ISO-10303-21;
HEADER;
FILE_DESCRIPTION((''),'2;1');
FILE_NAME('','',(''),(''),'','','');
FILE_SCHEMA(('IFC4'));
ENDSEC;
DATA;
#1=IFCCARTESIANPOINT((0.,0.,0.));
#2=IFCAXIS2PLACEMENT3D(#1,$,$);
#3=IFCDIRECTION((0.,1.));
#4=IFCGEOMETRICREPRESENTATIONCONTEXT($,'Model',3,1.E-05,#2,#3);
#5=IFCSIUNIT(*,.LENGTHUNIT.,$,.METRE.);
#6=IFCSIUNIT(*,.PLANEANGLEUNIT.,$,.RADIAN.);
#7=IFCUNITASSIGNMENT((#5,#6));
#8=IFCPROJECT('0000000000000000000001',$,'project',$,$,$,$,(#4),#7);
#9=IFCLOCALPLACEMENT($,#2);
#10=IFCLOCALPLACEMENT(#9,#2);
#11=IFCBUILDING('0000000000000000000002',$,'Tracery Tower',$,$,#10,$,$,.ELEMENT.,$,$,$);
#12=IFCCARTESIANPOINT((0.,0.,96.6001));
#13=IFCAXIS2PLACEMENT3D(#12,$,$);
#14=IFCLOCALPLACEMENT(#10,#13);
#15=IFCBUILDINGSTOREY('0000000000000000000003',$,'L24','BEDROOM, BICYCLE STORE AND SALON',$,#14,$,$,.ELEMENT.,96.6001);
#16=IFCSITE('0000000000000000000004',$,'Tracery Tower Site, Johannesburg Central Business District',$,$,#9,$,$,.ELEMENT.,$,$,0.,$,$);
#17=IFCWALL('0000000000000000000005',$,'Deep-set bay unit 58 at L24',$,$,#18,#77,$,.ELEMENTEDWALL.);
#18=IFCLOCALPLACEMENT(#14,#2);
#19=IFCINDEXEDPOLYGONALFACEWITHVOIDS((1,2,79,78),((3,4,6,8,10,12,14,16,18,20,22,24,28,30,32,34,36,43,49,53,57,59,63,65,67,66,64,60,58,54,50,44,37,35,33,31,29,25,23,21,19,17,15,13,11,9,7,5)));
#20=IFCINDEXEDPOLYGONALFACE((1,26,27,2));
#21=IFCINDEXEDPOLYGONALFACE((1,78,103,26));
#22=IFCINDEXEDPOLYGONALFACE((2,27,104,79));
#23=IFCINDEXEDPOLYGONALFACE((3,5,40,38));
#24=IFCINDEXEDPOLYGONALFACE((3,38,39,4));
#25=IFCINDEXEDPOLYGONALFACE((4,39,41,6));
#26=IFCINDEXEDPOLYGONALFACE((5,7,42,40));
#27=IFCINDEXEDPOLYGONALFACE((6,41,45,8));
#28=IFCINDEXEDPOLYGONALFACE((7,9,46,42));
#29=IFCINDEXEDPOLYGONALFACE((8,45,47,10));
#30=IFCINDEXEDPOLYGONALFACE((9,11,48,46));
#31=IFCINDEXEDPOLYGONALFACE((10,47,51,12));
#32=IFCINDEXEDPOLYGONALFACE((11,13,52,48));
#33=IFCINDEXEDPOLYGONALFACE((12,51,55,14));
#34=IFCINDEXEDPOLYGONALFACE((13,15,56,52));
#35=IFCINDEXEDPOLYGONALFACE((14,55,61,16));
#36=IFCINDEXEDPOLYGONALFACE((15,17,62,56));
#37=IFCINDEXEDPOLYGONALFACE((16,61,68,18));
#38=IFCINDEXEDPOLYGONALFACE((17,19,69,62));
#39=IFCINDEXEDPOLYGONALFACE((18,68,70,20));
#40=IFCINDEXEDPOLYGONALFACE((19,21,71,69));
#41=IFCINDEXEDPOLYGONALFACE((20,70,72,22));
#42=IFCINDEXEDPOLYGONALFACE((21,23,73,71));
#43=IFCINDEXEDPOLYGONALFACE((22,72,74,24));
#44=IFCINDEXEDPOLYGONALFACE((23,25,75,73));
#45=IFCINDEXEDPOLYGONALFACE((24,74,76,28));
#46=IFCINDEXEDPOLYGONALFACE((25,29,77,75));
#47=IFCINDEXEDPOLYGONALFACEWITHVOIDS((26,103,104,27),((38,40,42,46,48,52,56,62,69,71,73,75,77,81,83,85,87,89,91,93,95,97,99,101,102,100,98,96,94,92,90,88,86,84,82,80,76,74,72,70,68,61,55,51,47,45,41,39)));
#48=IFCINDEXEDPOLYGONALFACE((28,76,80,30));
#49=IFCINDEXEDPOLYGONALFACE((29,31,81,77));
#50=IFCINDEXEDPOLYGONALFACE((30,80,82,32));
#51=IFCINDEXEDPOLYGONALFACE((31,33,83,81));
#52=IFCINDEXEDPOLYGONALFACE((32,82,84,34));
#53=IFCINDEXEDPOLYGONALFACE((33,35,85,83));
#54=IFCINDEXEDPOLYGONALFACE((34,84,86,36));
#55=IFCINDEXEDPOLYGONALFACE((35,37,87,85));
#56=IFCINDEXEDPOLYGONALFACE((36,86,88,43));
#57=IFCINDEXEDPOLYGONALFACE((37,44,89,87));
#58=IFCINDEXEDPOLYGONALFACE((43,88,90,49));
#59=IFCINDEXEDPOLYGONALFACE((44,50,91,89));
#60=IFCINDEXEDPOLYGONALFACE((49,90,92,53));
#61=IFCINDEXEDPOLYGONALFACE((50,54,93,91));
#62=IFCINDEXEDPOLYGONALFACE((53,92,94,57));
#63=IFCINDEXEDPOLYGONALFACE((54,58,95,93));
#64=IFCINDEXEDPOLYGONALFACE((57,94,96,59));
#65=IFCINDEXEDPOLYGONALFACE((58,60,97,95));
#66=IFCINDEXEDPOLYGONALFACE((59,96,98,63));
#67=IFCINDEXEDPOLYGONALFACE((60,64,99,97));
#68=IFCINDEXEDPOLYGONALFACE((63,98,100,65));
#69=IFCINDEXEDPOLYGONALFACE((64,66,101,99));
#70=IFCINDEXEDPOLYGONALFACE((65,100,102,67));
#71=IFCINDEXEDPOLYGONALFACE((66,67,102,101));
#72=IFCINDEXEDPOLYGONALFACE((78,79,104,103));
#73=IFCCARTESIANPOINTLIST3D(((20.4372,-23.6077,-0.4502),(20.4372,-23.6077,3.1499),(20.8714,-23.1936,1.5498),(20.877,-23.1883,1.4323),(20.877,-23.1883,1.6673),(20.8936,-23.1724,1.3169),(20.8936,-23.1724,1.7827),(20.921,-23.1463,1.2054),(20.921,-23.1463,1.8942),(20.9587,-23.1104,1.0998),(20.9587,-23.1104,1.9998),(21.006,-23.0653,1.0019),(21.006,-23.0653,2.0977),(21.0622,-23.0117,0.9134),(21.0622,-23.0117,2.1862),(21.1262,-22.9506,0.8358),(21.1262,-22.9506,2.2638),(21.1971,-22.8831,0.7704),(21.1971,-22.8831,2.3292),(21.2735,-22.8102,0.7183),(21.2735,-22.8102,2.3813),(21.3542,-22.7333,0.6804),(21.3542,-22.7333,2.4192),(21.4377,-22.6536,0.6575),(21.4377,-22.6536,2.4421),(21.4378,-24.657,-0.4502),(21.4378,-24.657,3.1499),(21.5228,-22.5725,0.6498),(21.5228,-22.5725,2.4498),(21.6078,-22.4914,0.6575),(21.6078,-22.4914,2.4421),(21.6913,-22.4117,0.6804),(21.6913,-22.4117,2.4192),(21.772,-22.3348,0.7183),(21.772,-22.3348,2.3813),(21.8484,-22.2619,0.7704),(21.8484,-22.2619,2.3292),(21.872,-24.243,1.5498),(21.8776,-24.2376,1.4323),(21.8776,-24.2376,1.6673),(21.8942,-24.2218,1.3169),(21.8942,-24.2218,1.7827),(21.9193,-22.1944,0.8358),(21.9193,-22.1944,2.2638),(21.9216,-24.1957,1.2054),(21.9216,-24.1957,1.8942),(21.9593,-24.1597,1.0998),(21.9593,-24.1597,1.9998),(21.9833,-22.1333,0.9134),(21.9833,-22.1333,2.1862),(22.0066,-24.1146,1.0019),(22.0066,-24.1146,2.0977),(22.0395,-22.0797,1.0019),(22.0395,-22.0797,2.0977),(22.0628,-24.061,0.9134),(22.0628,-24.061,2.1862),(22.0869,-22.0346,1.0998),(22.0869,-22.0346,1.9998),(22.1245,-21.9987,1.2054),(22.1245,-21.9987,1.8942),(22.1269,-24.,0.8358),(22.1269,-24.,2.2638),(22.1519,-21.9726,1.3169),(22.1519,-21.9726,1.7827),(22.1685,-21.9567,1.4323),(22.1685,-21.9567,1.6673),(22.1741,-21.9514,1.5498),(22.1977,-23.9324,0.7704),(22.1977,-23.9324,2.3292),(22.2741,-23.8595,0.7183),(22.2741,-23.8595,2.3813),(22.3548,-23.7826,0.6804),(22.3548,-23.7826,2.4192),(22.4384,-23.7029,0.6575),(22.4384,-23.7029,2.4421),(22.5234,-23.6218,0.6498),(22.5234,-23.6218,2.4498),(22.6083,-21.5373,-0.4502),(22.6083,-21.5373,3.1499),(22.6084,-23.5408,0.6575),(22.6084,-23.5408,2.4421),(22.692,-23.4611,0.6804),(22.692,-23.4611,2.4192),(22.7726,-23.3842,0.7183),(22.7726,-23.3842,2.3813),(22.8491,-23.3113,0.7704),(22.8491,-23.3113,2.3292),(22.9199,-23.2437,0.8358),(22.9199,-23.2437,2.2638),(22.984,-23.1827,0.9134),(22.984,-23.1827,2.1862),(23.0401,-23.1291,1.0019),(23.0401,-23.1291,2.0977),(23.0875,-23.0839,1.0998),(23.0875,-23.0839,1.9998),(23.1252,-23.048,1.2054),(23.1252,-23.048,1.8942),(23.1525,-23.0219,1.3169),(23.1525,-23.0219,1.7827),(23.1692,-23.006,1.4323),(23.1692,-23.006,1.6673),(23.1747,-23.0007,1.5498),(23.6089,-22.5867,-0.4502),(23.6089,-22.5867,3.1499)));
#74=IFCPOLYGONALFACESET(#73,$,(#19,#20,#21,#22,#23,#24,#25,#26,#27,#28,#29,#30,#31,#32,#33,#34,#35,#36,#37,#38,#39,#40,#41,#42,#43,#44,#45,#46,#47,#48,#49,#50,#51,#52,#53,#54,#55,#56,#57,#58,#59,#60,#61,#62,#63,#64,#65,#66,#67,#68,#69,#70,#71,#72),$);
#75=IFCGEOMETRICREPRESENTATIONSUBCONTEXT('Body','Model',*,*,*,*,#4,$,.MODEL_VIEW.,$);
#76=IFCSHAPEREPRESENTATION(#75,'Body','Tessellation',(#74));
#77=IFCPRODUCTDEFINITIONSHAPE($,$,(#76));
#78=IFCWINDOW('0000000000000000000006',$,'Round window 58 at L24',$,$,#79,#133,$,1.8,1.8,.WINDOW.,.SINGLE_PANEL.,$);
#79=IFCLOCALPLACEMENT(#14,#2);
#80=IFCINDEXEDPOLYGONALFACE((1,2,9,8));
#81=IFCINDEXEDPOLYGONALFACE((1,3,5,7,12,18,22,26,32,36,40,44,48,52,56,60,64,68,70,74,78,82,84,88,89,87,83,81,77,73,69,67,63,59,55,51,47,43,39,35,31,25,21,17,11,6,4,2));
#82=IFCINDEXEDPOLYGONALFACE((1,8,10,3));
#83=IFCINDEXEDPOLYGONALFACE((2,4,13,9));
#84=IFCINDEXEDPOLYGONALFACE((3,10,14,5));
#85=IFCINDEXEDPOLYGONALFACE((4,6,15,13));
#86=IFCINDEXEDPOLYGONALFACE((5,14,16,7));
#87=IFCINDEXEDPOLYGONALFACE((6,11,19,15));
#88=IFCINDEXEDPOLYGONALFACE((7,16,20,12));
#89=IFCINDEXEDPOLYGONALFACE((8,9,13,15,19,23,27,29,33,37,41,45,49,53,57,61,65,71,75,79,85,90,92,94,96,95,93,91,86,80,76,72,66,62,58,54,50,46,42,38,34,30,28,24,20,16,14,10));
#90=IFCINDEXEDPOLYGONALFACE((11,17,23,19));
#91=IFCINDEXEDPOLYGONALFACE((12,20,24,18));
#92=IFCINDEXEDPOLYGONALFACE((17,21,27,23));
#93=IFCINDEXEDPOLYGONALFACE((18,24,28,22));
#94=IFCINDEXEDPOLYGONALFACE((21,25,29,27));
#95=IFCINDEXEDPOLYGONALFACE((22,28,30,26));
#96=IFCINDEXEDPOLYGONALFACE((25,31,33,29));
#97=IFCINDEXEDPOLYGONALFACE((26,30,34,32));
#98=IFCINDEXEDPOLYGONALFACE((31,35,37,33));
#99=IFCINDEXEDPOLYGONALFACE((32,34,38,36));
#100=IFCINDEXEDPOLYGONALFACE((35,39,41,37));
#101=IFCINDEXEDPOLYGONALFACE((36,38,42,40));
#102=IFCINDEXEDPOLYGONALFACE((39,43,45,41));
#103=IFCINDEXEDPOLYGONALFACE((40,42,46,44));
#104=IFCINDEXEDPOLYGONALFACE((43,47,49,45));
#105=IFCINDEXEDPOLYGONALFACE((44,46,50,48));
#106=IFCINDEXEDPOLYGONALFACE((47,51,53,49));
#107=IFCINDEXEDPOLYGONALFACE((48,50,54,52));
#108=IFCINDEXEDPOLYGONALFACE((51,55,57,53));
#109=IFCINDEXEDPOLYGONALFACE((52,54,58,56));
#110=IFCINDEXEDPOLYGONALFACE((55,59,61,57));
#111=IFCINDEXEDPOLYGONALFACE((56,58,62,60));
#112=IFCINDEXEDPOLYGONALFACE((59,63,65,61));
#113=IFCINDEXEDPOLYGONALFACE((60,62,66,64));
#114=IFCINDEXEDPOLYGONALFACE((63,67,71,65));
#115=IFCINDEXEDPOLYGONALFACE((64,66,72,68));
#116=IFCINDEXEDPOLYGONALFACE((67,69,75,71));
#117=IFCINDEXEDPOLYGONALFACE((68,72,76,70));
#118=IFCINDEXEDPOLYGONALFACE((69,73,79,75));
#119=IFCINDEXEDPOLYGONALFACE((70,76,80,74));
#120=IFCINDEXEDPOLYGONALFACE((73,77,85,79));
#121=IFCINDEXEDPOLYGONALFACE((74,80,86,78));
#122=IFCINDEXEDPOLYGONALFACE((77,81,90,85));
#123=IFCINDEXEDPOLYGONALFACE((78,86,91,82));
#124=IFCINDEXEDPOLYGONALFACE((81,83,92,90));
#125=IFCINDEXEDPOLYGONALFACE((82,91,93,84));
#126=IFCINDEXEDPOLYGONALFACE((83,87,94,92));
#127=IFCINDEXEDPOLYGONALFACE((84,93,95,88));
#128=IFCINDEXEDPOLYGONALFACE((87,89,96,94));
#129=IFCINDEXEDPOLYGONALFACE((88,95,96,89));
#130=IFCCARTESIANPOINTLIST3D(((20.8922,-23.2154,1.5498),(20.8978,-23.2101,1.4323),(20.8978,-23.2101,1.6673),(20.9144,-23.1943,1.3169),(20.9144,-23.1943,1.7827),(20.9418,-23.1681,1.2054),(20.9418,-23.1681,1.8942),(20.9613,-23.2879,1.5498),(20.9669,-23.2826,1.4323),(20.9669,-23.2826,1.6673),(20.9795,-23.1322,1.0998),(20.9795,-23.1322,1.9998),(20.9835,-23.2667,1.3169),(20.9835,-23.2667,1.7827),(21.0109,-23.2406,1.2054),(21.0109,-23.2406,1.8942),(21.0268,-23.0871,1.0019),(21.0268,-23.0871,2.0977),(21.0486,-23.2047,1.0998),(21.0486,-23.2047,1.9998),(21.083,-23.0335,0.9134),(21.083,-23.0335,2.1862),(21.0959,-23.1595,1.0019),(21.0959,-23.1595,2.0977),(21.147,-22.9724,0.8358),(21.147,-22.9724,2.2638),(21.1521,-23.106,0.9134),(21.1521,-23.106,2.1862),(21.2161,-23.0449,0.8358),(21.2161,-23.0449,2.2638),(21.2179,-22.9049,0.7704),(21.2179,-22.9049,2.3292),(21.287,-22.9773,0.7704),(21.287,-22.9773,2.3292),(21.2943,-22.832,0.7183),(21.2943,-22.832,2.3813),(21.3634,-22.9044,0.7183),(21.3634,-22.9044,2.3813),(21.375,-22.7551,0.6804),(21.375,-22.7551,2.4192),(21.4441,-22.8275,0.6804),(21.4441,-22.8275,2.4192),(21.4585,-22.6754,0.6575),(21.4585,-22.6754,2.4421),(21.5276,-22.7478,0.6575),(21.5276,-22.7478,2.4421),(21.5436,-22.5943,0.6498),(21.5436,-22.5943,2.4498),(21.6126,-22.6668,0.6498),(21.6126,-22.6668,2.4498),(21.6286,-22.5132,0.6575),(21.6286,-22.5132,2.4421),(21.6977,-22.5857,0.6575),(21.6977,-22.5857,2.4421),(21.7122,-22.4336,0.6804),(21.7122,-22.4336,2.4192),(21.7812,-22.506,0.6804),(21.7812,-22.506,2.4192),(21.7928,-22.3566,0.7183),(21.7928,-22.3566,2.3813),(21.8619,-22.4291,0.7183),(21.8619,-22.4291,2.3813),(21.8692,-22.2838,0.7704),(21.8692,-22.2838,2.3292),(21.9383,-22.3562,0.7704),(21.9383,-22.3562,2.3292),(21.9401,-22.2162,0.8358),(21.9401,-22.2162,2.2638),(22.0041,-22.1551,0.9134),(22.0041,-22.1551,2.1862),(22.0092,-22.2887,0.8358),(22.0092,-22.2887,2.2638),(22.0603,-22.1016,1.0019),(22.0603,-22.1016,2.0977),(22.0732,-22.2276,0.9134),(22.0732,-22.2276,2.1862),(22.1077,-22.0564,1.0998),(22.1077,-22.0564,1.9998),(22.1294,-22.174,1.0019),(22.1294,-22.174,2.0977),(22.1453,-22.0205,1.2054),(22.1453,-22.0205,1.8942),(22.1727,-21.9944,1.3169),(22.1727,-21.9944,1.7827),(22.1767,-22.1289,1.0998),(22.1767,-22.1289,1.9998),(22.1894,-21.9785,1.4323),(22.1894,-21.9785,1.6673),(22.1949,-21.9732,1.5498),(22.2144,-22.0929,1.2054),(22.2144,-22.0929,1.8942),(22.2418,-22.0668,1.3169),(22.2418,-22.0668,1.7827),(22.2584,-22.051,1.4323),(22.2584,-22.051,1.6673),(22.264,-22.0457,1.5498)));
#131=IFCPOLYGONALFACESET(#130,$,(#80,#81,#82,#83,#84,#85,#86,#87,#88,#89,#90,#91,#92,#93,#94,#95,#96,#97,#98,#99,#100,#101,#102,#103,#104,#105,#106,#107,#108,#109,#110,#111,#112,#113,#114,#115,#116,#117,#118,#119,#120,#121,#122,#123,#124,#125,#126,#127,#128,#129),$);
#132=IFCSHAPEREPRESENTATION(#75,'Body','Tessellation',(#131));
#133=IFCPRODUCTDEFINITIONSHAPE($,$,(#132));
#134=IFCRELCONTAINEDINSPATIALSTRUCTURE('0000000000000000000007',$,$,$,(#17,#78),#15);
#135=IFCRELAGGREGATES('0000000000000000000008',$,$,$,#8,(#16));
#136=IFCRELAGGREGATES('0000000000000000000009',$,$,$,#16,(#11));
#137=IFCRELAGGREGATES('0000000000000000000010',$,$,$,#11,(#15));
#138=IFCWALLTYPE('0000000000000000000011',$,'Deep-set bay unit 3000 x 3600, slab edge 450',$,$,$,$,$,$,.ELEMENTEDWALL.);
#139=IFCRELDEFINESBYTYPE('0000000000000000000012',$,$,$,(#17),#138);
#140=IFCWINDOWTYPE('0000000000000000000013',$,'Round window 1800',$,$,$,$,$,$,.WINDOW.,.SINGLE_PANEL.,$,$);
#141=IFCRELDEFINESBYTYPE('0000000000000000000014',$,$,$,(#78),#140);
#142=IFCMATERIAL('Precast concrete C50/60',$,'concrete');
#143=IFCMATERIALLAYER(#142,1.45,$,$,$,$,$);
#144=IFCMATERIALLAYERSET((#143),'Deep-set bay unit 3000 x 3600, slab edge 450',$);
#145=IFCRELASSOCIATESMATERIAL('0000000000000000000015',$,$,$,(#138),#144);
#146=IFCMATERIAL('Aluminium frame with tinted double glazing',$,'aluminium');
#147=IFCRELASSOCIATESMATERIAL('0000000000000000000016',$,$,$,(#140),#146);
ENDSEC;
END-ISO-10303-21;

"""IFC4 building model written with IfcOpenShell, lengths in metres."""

from ifc_helpers import new_model, si_unit, direction, frame, frame_2d, origin, origin_2d, place, context, subcontext, project, spatial, rectangle, circle, extrude, material, layer, layer_set, type_object, element, fill, save


model = new_model("IFC4")

# Units and contexts
model_context = context("Model", 3, precision=1e-05, world=origin(), true_north=direction((0.0, 1.0)))
body_context = subcontext(model_context, "Body", "Model", "MODEL_VIEW")
ifc_project = project(units=[si_unit("LENGTHUNIT", "METRE"), si_unit("PLANEANGLEUNIT", "RADIAN")], contexts=[model_context])

# Site, building, storey
site_placement = place(None, origin())
site = spatial("IfcSite", under=ifc_project, at=site_placement, Name="Tracery Tower Site, Johannesburg Central Business District", CompositionType="ELEMENT", RefElevation=0.0)
building_placement = place(site_placement, origin())
building = spatial("IfcBuilding", under=site, at=building_placement, Name="Tracery Tower", CompositionType="ELEMENT")
storey_placement = place(building_placement, frame((0.0, 0.0, 96.6001)))
storey = spatial("IfcBuildingStorey", under=building, at=storey_placement, Name="L24", Description="BEDROOM, BICYCLE STORE AND SALON", CompositionType="ELEMENT", Elevation=96.6001)

# Wall, opening, window
ifc_material_1 = material(Name="Precast concrete C50/60", Category="concrete")
ifc_layer_1 = layer(ifc_material_1, 1.45)
ifc_layer_set_1 = layer_set([ifc_layer_1], Name="Deep-set bay unit 3000 x 3600, slab edge 450")
wall_type_1 = type_object("IfcWallType", Name="Deep-set bay unit 3000 x 3600, slab edge 450", PredefinedType="ELEMENTEDWALL", material=ifc_layer_set_1)
wall_1_placement = place(storey_placement, frame((20.9375, -24.1323, -0.4502), z_axis=(0.0, 0.0, 1.0), x_axis=(0.723712, 0.690102, 0.0)))
wall_1 = element("IfcWall", 1, at=wall_1_placement, inside=storey, type_object=wall_type_1, Name="Deep-set bay unit 58 at L24", PredefinedType="ELEMENTEDWALL", context=body_context, shape_type="SweptSolid", body=[
    extrude(rectangle(XDim=3.0, YDim=1.45, at=frame_2d((1.5, 0.0))), origin(), (0.0, 0.0, 1.0), 3.6001),
])
opening_1_placement = place(wall_1_placement, frame((1.5, 0.0, 2.0)))
opening_1 = element("IfcOpeningElement", 2, at=opening_1_placement, cuts=wall_1, PredefinedType="OPENING", context=body_context, shape_type="SweptSolid", body=[
    extrude(circle(Radius=0.9, at=origin_2d()), frame((0.0, 0.7349, 0.0), z_axis=(0.0, -1.0, 0.0), x_axis=(1.0, 0.0, 0.0)), (0.0, 0.0, 1.0), 1.47),
])
ifc_material_2 = material(Name="Aluminium frame with tinted double glazing", Category="aluminium")
window_type = type_object("IfcWindowType", Name="Round window 1800", PartitioningType="SINGLE_PANEL", PredefinedType="WINDOW", material=ifc_material_2)
window_1_placement = place(opening_1_placement, origin())
window_1 = element("IfcWindow", 3, at=window_1_placement, inside=storey, type_object=window_type, Name="Round window 58 at L24", OverallHeight=1.8, OverallWidth=1.8, PartitioningType="SINGLE_PANEL", PredefinedType="WINDOW", context=body_context, shape_type="SweptSolid", body=[
    extrude(circle(Radius=0.9, at=origin_2d()), frame((0.0, 0.6948, 0.0), z_axis=(0.0, -1.0, 0.0), x_axis=(1.0, 0.0, 0.0)), (0.0, 0.0, 1.0), 0.1001),
])
fill(opening_1, window_1)

save(model, "model.ifc")
